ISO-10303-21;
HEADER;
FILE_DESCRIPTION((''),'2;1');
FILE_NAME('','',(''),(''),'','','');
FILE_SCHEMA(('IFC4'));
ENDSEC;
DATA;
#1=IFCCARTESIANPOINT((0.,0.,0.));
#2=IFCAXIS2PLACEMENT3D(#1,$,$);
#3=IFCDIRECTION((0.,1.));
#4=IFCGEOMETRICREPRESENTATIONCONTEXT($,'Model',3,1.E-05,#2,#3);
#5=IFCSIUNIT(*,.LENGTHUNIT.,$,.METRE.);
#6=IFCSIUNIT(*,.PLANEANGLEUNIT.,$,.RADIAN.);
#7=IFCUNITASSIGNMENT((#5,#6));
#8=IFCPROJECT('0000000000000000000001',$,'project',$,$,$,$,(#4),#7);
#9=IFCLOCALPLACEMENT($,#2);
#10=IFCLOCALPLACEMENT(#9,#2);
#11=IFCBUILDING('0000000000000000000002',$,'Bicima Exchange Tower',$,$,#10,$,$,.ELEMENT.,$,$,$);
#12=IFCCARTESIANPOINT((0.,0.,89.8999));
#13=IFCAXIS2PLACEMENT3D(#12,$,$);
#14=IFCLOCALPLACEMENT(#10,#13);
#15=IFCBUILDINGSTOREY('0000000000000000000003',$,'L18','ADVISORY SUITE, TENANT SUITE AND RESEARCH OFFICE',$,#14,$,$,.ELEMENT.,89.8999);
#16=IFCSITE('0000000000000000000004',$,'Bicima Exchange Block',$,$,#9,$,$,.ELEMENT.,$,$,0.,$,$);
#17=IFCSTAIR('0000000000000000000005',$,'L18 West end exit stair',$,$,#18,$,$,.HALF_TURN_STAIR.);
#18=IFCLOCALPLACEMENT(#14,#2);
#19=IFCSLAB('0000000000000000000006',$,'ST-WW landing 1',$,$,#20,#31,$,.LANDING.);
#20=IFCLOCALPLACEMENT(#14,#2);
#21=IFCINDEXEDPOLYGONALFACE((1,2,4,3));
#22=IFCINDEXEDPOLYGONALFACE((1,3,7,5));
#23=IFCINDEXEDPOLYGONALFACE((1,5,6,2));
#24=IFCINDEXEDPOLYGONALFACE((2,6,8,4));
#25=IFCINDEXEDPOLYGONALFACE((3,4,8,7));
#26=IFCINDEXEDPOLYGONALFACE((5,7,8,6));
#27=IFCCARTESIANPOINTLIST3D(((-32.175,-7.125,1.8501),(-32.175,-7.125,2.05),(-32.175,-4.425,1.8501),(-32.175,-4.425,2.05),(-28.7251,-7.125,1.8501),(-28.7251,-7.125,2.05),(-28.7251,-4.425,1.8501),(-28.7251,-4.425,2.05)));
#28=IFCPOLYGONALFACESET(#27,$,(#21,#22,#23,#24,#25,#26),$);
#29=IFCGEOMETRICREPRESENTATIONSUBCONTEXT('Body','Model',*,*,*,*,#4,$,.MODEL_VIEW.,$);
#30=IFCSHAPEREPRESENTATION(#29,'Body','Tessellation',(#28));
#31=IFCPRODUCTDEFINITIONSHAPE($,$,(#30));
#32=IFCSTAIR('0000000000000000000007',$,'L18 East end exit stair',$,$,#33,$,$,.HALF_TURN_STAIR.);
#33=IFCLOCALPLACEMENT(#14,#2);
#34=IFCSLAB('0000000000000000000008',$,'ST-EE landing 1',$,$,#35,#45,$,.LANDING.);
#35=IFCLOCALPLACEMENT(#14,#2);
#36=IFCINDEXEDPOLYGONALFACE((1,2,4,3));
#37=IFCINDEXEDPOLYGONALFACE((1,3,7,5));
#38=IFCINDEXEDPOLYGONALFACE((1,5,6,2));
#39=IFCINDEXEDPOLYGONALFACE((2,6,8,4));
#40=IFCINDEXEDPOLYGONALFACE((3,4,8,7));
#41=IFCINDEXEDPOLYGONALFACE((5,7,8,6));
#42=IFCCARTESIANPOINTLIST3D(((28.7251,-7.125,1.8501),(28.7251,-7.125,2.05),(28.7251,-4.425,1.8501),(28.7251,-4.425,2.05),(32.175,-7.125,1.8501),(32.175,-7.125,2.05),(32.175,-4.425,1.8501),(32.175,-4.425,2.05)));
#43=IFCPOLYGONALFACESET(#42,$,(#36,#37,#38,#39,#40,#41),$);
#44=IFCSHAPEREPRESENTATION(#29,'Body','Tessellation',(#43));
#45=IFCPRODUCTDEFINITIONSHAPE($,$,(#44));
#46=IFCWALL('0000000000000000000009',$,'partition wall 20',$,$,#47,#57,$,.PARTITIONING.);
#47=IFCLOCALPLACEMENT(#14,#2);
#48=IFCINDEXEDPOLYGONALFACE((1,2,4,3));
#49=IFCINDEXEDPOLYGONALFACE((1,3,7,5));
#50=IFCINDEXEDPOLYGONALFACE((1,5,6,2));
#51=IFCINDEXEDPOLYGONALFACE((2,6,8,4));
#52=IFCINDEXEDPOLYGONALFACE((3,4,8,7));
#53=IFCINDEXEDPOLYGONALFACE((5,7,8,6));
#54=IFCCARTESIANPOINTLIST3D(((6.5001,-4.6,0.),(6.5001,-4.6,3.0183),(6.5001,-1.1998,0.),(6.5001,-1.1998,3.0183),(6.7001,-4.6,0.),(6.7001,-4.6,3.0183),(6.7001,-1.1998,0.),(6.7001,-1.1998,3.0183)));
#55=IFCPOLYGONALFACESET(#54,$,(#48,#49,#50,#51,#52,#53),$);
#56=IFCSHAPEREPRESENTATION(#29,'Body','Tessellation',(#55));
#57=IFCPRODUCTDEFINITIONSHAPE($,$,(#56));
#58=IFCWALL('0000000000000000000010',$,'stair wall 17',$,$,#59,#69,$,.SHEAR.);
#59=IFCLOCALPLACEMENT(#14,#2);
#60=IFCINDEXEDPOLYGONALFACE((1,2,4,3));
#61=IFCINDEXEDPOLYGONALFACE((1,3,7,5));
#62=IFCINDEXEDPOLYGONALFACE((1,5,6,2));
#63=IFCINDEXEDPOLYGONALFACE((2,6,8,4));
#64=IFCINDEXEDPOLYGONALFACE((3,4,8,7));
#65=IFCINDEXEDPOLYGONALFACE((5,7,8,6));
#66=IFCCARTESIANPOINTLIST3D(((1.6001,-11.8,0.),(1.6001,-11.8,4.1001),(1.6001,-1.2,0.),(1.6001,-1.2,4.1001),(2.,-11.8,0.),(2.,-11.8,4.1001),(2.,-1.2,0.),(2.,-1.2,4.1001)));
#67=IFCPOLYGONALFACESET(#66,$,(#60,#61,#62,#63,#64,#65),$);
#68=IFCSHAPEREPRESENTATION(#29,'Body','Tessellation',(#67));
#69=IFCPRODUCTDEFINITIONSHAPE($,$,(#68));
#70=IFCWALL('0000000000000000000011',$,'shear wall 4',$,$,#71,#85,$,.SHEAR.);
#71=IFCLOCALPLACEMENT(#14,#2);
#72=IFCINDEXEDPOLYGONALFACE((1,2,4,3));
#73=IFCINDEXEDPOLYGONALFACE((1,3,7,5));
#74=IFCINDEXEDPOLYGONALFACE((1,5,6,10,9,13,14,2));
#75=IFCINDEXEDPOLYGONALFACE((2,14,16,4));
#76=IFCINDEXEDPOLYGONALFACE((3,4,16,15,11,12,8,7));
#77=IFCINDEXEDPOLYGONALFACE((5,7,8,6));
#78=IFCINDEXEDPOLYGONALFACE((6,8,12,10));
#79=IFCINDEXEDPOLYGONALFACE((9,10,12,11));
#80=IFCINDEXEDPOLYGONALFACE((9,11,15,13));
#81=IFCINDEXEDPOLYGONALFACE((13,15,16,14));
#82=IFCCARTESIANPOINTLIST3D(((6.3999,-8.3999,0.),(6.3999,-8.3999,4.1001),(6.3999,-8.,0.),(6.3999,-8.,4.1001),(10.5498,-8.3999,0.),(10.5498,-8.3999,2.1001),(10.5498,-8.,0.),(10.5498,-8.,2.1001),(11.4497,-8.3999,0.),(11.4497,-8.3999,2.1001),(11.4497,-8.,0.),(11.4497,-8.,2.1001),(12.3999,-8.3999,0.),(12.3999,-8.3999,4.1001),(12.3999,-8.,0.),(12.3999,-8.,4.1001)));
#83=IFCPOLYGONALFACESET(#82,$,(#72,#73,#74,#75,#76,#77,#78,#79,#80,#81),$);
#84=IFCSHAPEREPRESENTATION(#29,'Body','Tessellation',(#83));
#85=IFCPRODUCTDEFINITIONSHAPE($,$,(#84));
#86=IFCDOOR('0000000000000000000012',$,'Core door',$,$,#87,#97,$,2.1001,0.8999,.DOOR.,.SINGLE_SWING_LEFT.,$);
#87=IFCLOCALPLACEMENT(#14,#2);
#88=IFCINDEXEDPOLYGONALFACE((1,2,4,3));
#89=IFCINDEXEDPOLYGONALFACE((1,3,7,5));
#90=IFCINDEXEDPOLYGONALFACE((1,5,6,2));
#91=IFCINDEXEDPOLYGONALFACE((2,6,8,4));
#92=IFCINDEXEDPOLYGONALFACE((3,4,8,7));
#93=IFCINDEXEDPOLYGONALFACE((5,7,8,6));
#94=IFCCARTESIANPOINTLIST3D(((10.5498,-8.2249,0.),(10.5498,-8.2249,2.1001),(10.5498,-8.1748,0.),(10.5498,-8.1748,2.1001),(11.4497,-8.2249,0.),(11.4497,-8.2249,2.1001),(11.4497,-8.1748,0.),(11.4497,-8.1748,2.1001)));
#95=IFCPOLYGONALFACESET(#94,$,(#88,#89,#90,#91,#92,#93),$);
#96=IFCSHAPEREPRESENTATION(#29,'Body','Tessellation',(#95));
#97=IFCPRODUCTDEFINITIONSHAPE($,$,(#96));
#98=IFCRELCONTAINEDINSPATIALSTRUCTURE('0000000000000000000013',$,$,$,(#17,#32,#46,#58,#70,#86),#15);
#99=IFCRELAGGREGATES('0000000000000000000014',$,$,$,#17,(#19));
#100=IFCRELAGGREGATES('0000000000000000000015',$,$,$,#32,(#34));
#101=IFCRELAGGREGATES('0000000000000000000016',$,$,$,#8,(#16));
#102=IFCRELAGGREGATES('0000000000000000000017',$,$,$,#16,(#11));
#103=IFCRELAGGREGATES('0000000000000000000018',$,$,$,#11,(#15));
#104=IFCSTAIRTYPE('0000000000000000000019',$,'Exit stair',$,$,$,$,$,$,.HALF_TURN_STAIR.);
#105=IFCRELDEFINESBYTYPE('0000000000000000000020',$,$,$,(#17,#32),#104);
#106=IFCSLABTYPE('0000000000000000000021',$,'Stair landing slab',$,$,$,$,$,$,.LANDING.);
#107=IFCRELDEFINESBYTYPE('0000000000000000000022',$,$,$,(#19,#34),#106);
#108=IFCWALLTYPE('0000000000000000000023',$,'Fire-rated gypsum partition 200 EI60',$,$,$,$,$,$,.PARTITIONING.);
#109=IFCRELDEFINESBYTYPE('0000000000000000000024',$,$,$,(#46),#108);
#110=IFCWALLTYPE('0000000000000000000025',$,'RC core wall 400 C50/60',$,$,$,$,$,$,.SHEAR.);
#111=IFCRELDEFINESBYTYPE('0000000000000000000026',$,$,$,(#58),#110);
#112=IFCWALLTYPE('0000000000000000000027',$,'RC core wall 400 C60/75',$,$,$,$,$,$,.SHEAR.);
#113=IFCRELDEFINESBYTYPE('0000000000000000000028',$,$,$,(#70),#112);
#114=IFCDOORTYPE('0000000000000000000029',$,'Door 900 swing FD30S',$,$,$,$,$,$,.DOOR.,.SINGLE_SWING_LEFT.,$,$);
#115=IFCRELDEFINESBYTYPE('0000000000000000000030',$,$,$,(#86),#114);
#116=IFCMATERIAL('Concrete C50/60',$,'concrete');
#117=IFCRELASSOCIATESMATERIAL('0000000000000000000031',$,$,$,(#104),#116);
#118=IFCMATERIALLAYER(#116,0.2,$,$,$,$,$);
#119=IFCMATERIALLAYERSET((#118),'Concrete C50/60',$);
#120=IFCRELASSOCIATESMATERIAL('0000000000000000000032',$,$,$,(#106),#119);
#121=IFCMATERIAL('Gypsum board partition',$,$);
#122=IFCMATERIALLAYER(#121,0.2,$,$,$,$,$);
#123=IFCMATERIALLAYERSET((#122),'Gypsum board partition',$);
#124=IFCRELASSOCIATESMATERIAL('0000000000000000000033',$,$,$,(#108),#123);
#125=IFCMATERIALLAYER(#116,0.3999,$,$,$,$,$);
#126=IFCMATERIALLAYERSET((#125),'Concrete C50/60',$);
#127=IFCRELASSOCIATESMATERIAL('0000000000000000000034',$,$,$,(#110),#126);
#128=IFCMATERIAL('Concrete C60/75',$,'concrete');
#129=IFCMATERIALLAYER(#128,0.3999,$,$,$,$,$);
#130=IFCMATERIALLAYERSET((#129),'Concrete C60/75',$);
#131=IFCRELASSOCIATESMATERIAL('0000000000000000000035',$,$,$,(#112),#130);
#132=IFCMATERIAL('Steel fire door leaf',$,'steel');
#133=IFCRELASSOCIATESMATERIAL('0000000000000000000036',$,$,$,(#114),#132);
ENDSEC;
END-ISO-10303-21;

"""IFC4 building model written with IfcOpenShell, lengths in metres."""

from ifc_helpers import new_model, si_unit, direction, frame, frame_2d, origin, place, context, subcontext, project, spatial, polyline, rectangle, outline, extrude, material, layer, layer_set, type_object, element, fill, aggregate, save


model = new_model("IFC4")

# Units and contexts
model_context = context("Model", 3, precision=1e-05, world=origin(), true_north=direction((0.0, 1.0)))
body_context = subcontext(model_context, "Body", "Model", "MODEL_VIEW")
ifc_project = project(units=[si_unit("LENGTHUNIT", "METRE"), si_unit("PLANEANGLEUNIT", "RADIAN")], contexts=[model_context])

# Site, building, storey
site_placement = place(None, origin())
site = spatial("IfcSite", under=ifc_project, at=site_placement, Name="Bicima Exchange Block", CompositionType="ELEMENT", RefElevation=0.0)
building_placement = place(site_placement, origin())
building = spatial("IfcBuilding", under=site, at=building_placement, Name="Bicima Exchange Tower", CompositionType="ELEMENT")
storey_placement = place(building_placement, frame((0.0, 0.0, 89.8999)))
storey = spatial("IfcBuildingStorey", under=building, at=storey_placement, Name="L18", Description="ADVISORY SUITE, TENANT SUITE AND RESEARCH OFFICE", CompositionType="ELEMENT", Elevation=89.8999)

# Stairs, slabs
ifc_material_1 = material(Name="Concrete C50/60", Category="concrete")
stair_type_1 = type_object("IfcStairType", Name="Exit stair", PredefinedType="HALF_TURN_STAIR", material=ifc_material_1)
ifc_layer_1 = layer(ifc_material_1, 0.2)
ifc_layer_set_1 = layer_set([ifc_layer_1], Name="Concrete C50/60")
slab_type_1 = type_object("IfcSlabType", Name="Stair landing slab", PredefinedType="LANDING", material=ifc_layer_set_1)
stair_1_placement = place(storey_placement, origin())
stair_1 = element("IfcStair", 1, at=stair_1_placement, inside=storey, type_object=stair_type_1, Name="L18 West end exit stair", PredefinedType="HALF_TURN_STAIR")
slab_1_placement = place(storey_placement, frame((0.0, 0.0, 1.8501)))
slab_1 = element("IfcSlab", 2, at=slab_1_placement, type_object=slab_type_1, Name="ST-WW landing 1", PredefinedType="LANDING", context=body_context, shape_type="SweptSolid", body=[
    extrude(outline(polyline([(-28.7251, -7.125), (-28.7251, -4.425), (-32.175, -4.425), (-32.175, -7.125), (-28.7251, -7.125)])), origin(), (0.0, 0.0, 1.0), 0.2),
])
aggregate(stair_1, [slab_1])
stair_2_placement = place(storey_placement, origin())
stair_2 = element("IfcStair", 3, at=stair_2_placement, inside=storey, type_object=stair_type_1, Name="L18 East end exit stair", PredefinedType="HALF_TURN_STAIR")
slab_2_placement = place(storey_placement, frame((0.0, 0.0, 1.8501)))
slab_2 = element("IfcSlab", 4, at=slab_2_placement, type_object=slab_type_1, Name="ST-EE landing 1", PredefinedType="LANDING", context=body_context, shape_type="SweptSolid", body=[
    extrude(outline(polyline([(32.175, -7.125), (32.175, -4.425), (28.7251, -4.425), (28.7251, -7.125), (32.175, -7.125)])), origin(), (0.0, 0.0, 1.0), 0.2),
])
aggregate(stair_2, [slab_2])

# Walls
ifc_material_2 = material(Name="Gypsum board partition")
ifc_layer_2 = layer(ifc_material_2, 0.2)
ifc_layer_set_2 = layer_set([ifc_layer_2], Name="Gypsum board partition")
wall_type_1 = type_object("IfcWallType", Name="Fire-rated gypsum partition 200 EI60", PredefinedType="PARTITIONING", material=ifc_layer_set_2)
wall_1_placement = place(storey_placement, frame((6.6001, -4.6001, 0.0), z_axis=(0.0, 0.0, 1.0), x_axis=(0.0, 1.0, 0.0)))
element("IfcWall", 5, at=wall_1_placement, inside=storey, type_object=wall_type_1, Name="partition wall 20", PredefinedType="PARTITIONING", context=body_context, shape_type="SweptSolid", body=[
    extrude(rectangle(XDim=3.4001, YDim=0.2, at=frame_2d((1.7002, 0.0))), origin(), (0.0, 0.0, 1.0), 3.0183),
])
ifc_layer_3 = layer(ifc_material_1, 0.3999)
ifc_layer_set_3 = layer_set([ifc_layer_3], Name="Concrete C50/60")
wall_type_2 = type_object("IfcWallType", Name="RC core wall 400 C50/60", PredefinedType="SHEAR", material=ifc_layer_set_3)
wall_2_placement = place(storey_placement, frame((1.8, -11.8, 0.0), z_axis=(0.0, 0.0, 1.0), x_axis=(0.0, 1.0, 0.0)))
element("IfcWall", 6, at=wall_2_placement, inside=storey, type_object=wall_type_2, Name="stair wall 17", PredefinedType="SHEAR", context=body_context, shape_type="SweptSolid", body=[
    extrude(rectangle(XDim=10.6001, YDim=0.3999, at=frame_2d((5.3, 0.0))), origin(), (0.0, 0.0, 1.0), 4.1001),
])

# Wall, opening, door
ifc_material_3 = material(Name="Concrete C60/75", Category="concrete")
ifc_layer_4 = layer(ifc_material_3, 0.3999)
ifc_layer_set_4 = layer_set([ifc_layer_4], Name="Concrete C60/75")
wall_type_3 = type_object("IfcWallType", Name="RC core wall 400 C60/75", PredefinedType="SHEAR", material=ifc_layer_set_4)
wall_3_placement = place(storey_placement, frame((6.3999, -8.2, 0.0), z_axis=(0.0, 0.0, 1.0), x_axis=(1.0, 0.0, 0.0)))
wall_3 = element("IfcWall", 7, at=wall_3_placement, inside=storey, type_object=wall_type_3, Name="shear wall 4", PredefinedType="SHEAR", context=body_context, shape_type="SweptSolid", body=[
    extrude(rectangle(XDim=6.0, YDim=0.3999, at=frame_2d((3.0, 0.0))), origin(), (0.0, 0.0, 1.0), 4.1001),
])
opening_1_placement = place(wall_3_placement, frame((4.1499, 0.0, 0.0)))
opening_1 = element("IfcOpeningElement", 8, at=opening_1_placement, cuts=wall_3, PredefinedType="OPENING", context=body_context, shape_type="SweptSolid", body=[
    extrude(rectangle(XDim=0.8999, YDim=2.1001, at=frame_2d((0.45, 1.05))), frame((0.0, 0.2119, 0.0), z_axis=(0.0, -1.0, 0.0), x_axis=(1.0, 0.0, 0.0)), (0.0, 0.0, 1.0), 0.4238),
])
ifc_material_4 = material(Name="Steel fire door leaf", Category="steel")
door_type_1 = type_object("IfcDoorType", Name="Door 900 swing FD30S", OperationType="SINGLE_SWING_LEFT", PredefinedType="DOOR", material=ifc_material_4)
door_1_placement = place(opening_1_placement, frame((0.8999, 0.0, 0.0), z_axis=(0.0, 0.0, 1.0), x_axis=(-1.0, 0.0, 0.0)))
door_1 = element("IfcDoor", 9, at=door_1_placement, inside=storey, type_object=door_type_1, Name="Core door", OperationType="SINGLE_SWING_LEFT", OverallHeight=2.1001, OverallWidth=0.8999, PredefinedType="DOOR", context=body_context, shape_type="SweptSolid", body=[
    extrude(rectangle(XDim=0.8999, YDim=2.1001, at=frame_2d((0.45, 1.05))), frame((0.0, 0.0249, 0.0), z_axis=(0.0, -1.0, 0.0), x_axis=(1.0, 0.0, 0.0)), (0.0, 0.0, 1.0), 0.05),
])
fill(opening_1, door_1)

save(model, "model.ifc")
